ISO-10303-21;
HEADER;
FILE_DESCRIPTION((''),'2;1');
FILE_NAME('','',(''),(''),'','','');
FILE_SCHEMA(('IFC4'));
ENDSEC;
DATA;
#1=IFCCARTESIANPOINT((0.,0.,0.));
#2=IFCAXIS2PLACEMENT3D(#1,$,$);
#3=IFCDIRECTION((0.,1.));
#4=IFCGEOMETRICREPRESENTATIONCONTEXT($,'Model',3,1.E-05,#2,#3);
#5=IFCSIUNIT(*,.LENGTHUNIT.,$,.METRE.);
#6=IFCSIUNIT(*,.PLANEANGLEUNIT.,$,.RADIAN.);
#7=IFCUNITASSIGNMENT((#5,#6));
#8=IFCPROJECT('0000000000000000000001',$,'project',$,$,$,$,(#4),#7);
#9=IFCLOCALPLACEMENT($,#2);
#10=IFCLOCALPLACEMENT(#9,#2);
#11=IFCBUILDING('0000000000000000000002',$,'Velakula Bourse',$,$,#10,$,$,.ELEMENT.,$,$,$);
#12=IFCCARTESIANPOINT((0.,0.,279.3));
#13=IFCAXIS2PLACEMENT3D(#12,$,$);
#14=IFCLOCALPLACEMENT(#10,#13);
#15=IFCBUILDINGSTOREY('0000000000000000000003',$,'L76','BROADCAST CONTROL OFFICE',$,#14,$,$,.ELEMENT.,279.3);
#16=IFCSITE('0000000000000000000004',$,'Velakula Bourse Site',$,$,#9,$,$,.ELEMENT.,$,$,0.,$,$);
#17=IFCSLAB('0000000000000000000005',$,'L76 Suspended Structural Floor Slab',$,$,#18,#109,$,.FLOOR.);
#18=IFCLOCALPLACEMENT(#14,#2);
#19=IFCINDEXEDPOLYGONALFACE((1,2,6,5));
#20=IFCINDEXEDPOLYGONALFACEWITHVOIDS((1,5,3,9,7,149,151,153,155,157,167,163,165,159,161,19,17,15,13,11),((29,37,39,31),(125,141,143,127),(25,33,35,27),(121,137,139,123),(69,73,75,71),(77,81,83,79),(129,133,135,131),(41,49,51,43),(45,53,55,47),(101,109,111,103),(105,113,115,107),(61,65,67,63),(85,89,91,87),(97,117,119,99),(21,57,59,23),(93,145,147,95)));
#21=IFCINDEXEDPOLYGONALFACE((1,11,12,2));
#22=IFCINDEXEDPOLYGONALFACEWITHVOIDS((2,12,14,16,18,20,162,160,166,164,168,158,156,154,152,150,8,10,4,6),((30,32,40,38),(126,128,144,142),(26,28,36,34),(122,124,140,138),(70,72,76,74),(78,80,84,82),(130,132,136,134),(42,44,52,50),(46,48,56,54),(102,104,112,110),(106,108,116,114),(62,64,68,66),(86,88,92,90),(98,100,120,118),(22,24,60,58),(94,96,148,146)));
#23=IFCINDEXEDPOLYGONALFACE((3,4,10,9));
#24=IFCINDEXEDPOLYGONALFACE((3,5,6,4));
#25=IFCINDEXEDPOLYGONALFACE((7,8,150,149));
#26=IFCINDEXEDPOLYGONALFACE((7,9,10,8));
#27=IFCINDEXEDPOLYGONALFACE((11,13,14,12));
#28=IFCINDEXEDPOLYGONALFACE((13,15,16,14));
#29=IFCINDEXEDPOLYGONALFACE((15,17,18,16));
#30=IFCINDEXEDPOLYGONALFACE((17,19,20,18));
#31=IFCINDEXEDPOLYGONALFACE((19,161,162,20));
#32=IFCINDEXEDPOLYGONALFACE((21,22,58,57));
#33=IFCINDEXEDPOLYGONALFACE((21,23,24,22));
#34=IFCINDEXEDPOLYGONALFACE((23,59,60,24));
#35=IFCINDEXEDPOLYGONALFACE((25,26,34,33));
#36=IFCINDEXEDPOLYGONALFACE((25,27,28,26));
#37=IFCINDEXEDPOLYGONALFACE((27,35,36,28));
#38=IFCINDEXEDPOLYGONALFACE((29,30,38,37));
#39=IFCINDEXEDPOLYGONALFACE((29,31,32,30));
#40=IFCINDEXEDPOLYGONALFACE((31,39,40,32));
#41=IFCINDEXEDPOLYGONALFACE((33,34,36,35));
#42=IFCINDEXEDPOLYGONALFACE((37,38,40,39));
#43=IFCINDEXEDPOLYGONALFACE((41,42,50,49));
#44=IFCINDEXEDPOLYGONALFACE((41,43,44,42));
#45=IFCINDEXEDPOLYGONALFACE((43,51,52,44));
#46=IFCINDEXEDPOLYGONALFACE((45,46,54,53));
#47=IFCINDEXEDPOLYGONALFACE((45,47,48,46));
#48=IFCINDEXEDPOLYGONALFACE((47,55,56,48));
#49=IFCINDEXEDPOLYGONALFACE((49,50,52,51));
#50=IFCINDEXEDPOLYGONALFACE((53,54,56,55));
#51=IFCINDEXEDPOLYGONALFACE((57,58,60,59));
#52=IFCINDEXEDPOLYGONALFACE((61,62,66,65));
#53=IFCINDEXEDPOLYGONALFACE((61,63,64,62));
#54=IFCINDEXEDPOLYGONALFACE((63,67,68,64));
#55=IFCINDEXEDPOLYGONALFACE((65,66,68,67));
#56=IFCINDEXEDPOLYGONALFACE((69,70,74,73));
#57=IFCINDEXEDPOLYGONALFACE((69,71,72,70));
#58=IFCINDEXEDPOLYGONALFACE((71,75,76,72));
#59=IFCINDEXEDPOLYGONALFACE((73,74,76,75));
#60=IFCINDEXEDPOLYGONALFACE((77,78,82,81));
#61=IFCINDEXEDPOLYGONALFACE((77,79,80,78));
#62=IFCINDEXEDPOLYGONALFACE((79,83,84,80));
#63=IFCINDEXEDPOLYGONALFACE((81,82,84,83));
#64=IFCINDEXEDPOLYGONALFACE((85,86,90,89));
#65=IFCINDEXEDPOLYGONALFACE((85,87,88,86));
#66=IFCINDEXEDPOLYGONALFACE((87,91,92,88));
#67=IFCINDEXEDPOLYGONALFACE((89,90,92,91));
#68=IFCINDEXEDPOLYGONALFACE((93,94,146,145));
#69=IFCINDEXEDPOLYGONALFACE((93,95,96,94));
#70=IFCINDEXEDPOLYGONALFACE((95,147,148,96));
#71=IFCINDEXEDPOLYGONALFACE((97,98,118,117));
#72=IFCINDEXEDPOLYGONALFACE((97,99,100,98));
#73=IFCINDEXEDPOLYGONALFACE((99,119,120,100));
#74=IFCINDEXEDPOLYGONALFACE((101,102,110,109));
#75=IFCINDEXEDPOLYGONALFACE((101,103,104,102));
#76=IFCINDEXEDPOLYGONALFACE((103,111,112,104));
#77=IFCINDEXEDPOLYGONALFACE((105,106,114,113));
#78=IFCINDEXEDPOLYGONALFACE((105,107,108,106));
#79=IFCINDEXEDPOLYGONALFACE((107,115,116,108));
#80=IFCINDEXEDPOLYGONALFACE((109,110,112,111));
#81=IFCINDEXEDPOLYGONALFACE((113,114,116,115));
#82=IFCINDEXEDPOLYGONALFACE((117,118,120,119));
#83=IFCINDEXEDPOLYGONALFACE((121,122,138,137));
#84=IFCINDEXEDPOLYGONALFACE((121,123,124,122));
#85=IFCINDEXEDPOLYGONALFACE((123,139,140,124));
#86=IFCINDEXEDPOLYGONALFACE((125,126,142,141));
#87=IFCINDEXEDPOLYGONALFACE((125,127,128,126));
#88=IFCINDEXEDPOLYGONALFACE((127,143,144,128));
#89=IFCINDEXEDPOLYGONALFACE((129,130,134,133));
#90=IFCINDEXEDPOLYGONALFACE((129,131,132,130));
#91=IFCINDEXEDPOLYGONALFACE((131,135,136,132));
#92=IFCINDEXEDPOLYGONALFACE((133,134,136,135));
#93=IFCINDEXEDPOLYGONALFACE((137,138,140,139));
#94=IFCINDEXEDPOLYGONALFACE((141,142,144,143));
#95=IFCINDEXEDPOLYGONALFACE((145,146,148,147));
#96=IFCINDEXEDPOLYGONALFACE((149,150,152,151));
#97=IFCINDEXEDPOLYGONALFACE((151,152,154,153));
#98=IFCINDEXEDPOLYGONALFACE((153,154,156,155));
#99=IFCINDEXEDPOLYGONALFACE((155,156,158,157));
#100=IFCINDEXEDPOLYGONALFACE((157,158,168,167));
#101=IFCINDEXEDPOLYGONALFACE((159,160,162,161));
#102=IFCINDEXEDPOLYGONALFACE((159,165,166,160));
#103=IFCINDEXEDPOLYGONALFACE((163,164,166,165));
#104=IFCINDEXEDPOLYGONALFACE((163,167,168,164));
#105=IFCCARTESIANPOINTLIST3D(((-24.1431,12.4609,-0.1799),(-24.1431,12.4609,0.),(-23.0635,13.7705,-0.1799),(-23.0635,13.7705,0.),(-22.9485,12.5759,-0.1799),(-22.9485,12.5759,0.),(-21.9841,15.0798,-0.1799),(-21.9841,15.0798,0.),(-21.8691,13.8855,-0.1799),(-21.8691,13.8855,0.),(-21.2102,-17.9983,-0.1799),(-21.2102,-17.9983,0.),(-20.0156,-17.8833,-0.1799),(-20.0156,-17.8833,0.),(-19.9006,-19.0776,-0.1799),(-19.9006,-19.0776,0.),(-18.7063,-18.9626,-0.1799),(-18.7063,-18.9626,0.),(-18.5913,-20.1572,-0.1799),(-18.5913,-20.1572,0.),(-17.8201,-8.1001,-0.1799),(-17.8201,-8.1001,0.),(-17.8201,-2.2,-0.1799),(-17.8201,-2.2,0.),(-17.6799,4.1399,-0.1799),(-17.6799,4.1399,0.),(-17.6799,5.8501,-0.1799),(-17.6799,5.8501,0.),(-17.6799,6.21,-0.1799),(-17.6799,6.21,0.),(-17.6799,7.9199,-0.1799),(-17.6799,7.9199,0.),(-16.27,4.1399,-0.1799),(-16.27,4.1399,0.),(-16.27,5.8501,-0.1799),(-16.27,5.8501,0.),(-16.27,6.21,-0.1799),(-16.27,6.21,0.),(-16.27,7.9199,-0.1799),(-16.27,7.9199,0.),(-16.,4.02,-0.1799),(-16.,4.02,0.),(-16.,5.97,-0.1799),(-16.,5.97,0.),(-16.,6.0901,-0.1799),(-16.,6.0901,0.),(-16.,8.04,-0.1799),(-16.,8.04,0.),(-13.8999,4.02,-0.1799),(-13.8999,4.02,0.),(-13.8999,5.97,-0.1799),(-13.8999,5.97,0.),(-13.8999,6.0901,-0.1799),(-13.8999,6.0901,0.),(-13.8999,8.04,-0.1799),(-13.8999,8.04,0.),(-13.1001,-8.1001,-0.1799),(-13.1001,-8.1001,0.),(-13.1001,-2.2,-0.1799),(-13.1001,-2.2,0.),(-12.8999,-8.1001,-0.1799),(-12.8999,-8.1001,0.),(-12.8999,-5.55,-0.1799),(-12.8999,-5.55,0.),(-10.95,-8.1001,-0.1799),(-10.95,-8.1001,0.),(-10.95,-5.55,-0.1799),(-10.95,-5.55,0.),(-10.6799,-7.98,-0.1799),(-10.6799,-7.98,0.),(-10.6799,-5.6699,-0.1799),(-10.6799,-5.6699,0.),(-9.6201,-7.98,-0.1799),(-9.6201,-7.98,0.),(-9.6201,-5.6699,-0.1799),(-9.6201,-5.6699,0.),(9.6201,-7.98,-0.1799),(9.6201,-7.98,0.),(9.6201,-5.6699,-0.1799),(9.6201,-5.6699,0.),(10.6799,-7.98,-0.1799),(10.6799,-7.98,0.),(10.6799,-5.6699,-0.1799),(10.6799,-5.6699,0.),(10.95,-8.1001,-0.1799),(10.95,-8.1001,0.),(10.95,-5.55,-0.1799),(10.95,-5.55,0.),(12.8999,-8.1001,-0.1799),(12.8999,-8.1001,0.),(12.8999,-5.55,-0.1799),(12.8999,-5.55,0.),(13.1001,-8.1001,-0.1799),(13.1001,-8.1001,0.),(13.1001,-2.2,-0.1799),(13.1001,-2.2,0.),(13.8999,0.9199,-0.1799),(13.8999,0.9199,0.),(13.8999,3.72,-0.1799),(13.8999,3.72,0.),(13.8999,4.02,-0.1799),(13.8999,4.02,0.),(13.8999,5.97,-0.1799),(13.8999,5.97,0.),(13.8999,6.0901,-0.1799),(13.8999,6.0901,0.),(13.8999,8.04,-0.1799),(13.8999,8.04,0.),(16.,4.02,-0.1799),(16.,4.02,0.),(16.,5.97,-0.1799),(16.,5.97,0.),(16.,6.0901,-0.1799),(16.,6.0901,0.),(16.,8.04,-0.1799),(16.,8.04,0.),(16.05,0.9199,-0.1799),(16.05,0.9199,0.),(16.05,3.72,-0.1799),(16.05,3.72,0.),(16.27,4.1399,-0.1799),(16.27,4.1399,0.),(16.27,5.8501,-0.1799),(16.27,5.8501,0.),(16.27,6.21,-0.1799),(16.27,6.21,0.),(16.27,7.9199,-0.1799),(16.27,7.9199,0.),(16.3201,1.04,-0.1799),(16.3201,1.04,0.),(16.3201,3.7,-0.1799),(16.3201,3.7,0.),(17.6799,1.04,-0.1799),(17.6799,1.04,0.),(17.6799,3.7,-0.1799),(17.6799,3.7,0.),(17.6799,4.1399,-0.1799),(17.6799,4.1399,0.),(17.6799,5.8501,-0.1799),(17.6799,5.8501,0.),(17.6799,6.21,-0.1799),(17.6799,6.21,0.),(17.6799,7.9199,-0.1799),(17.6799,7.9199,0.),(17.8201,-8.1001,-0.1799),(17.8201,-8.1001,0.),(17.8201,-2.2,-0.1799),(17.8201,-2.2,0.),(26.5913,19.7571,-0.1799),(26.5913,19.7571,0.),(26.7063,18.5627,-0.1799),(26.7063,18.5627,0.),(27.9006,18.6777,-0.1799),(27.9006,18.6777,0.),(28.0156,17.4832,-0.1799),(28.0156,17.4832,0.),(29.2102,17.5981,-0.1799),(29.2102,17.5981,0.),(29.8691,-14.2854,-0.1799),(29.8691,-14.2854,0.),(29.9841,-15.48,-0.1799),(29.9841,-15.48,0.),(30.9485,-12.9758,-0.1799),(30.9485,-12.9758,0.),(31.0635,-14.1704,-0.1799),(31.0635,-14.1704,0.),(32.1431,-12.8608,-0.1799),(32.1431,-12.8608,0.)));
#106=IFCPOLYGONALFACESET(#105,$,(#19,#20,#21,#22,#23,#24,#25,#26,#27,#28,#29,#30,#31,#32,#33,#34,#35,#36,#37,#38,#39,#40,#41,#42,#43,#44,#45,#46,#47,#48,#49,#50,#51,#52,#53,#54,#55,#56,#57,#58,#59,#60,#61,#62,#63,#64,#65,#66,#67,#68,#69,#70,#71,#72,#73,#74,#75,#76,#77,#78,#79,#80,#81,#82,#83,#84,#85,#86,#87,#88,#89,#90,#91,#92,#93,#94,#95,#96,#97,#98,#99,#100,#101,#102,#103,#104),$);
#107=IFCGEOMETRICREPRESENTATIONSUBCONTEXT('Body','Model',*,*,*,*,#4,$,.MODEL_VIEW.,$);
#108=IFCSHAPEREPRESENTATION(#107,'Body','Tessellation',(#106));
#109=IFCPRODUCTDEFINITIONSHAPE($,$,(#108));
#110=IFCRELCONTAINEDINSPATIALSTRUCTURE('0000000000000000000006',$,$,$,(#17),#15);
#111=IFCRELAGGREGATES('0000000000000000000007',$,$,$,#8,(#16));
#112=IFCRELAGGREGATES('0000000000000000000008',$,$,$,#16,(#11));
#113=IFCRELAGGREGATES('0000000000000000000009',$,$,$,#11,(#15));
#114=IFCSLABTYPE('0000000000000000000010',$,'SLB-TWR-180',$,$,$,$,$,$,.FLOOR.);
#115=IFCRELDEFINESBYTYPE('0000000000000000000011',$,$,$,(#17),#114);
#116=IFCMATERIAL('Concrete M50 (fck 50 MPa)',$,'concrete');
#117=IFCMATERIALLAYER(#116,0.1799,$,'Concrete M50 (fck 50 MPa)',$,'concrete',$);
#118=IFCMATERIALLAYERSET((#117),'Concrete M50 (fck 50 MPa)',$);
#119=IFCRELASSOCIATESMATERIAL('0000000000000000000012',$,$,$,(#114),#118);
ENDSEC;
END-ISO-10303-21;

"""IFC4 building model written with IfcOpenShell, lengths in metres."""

from ifc_helpers import new_model, si_unit, direction, frame, origin, place, context, subcontext, project, spatial, polyline, outline, extrude, material, layer, layer_set, type_object, element, save


model = new_model("IFC4")

# Units and contexts
model_context = context("Model", 3, precision=1e-05, world=origin(), true_north=direction((0.0, 1.0)))
body_context = subcontext(model_context, "Body", "Model", "MODEL_VIEW")
ifc_project = project(units=[si_unit("LENGTHUNIT", "METRE"), si_unit("PLANEANGLEUNIT", "RADIAN")], contexts=[model_context])

# Site, building, storey
site_placement = place(None, origin())
site = spatial("IfcSite", under=ifc_project, at=site_placement, Name="Velakula Bourse Site", CompositionType="ELEMENT", RefElevation=0.0)
building_placement = place(site_placement, origin())
building = spatial("IfcBuilding", under=site, at=building_placement, Name="Velakula Bourse", CompositionType="ELEMENT")
storey_placement = place(building_placement, frame((0.0, 0.0, 279.3)))
storey = spatial("IfcBuildingStorey", under=building, at=storey_placement, Name="L76", Description="BROADCAST CONTROL OFFICE", CompositionType="ELEMENT", Elevation=279.3)

# Slab
ifc_material_1 = material(Name="Concrete M50 (fck 50 MPa)", Category="concrete")
ifc_layer_1 = layer(ifc_material_1, 0.1799, Name="Concrete M50 (fck 50 MPa)", Category="concrete")
ifc_layer_set_1 = layer_set([ifc_layer_1], Name="Concrete M50 (fck 50 MPa)")
slab_type_1 = type_object("IfcSlabType", Name="SLB-TWR-180", PredefinedType="FLOOR", material=ifc_layer_set_1)
slab_1_placement = place(storey_placement, frame((0.0, 0.0, -0.1799)))
element("IfcSlab", 1, at=slab_1_placement, inside=storey, type_object=slab_type_1, Name="L76 Suspended Structural Floor Slab", PredefinedType="FLOOR", context=body_context, shape_type="SweptSolid", body=[
    extrude(outline(polyline([(-18.5913, -20.1572), (29.9841, -15.48), (29.8691, -14.2854), (31.0635, -14.1704), (30.9485, -12.9758), (32.1431, -12.8608), (29.2102, 17.5981), (28.0156, 17.4832), (27.9006, 18.6777), (26.7063, 18.5627), (26.5913, 19.7571), (-21.9841, 15.0798), (-21.8691, 13.8855), (-23.0635, 13.7705), (-22.9485, 12.5759), (-24.1431, 12.4609), (-21.2102, -17.9983), (-20.0156, -17.8833), (-19.9006, -19.0776), (-18.7063, -18.9626), (-18.5913, -20.1572)]), holes=[polyline([(-17.8201, -8.1001), (-13.1001, -8.1001), (-13.1001, -2.2), (-17.8201, -2.2), (-17.8201, -8.1001)]), polyline([(13.1001, -8.1001), (17.8201, -8.1001), (17.8201, -2.2), (13.1001, -2.2), (13.1001, -8.1001)]), polyline([(-12.8999, -8.1001), (-10.95, -8.1001), (-10.95, -5.55), (-12.8999, -5.55), (-12.8999, -8.1001)]), polyline([(10.95, -8.1001), (12.8999, -8.1001), (12.8999, -5.55), (10.95, -5.55), (10.95, -8.1001)]), polyline([(13.8999, 0.9199), (16.05, 0.9199), (16.05, 3.72), (13.8999, 3.72), (13.8999, 0.9199)]), polyline([(-10.6799, -7.98), (-9.6201, -7.98), (-9.6201, -5.6699), (-10.6799, -5.6699), (-10.6799, -7.98)]), polyline([(-17.6799, 4.1399), (-16.27, 4.1399), (-16.27, 5.8501), (-17.6799, 5.8501), (-17.6799, 4.1399)]), polyline([(-17.6799, 6.21), (-16.27, 6.21), (-16.27, 7.9199), (-17.6799, 7.9199), (-17.6799, 6.21)]), polyline([(9.6201, -7.98), (10.6799, -7.98), (10.6799, -5.6699), (9.6201, -5.6699), (9.6201, -7.98)]), polyline([(16.27, 4.1399), (17.6799, 4.1399), (17.6799, 5.8501), (16.27, 5.8501), (16.27, 4.1399)]), polyline([(16.27, 6.21), (17.6799, 6.21), (17.6799, 7.9199), (16.27, 7.9199), (16.27, 6.21)]), polyline([(16.3201, 1.04), (17.6799, 1.04), (17.6799, 3.7), (16.3201, 3.7), (16.3201, 1.04)]), polyline([(-16.0, 4.02), (-13.8999, 4.02), (-13.8999, 5.97), (-16.0, 5.97), (-16.0, 4.02)]), polyline([(-16.0, 6.0901), (-13.8999, 6.0901), (-13.8999, 8.04), (-16.0, 8.04), (-16.0, 6.0901)]), polyline([(13.8999, 4.02), (16.0, 4.02), (16.0, 5.97), (13.8999, 5.97), (13.8999, 4.02)]), polyline([(13.8999, 6.0901), (16.0, 6.0901), (16.0, 8.04), (13.8999, 8.04), (13.8999, 6.0901)])]), origin(), (0.0, 0.0, 1.0), 0.1799),
])

save(model, "model.ifc")
